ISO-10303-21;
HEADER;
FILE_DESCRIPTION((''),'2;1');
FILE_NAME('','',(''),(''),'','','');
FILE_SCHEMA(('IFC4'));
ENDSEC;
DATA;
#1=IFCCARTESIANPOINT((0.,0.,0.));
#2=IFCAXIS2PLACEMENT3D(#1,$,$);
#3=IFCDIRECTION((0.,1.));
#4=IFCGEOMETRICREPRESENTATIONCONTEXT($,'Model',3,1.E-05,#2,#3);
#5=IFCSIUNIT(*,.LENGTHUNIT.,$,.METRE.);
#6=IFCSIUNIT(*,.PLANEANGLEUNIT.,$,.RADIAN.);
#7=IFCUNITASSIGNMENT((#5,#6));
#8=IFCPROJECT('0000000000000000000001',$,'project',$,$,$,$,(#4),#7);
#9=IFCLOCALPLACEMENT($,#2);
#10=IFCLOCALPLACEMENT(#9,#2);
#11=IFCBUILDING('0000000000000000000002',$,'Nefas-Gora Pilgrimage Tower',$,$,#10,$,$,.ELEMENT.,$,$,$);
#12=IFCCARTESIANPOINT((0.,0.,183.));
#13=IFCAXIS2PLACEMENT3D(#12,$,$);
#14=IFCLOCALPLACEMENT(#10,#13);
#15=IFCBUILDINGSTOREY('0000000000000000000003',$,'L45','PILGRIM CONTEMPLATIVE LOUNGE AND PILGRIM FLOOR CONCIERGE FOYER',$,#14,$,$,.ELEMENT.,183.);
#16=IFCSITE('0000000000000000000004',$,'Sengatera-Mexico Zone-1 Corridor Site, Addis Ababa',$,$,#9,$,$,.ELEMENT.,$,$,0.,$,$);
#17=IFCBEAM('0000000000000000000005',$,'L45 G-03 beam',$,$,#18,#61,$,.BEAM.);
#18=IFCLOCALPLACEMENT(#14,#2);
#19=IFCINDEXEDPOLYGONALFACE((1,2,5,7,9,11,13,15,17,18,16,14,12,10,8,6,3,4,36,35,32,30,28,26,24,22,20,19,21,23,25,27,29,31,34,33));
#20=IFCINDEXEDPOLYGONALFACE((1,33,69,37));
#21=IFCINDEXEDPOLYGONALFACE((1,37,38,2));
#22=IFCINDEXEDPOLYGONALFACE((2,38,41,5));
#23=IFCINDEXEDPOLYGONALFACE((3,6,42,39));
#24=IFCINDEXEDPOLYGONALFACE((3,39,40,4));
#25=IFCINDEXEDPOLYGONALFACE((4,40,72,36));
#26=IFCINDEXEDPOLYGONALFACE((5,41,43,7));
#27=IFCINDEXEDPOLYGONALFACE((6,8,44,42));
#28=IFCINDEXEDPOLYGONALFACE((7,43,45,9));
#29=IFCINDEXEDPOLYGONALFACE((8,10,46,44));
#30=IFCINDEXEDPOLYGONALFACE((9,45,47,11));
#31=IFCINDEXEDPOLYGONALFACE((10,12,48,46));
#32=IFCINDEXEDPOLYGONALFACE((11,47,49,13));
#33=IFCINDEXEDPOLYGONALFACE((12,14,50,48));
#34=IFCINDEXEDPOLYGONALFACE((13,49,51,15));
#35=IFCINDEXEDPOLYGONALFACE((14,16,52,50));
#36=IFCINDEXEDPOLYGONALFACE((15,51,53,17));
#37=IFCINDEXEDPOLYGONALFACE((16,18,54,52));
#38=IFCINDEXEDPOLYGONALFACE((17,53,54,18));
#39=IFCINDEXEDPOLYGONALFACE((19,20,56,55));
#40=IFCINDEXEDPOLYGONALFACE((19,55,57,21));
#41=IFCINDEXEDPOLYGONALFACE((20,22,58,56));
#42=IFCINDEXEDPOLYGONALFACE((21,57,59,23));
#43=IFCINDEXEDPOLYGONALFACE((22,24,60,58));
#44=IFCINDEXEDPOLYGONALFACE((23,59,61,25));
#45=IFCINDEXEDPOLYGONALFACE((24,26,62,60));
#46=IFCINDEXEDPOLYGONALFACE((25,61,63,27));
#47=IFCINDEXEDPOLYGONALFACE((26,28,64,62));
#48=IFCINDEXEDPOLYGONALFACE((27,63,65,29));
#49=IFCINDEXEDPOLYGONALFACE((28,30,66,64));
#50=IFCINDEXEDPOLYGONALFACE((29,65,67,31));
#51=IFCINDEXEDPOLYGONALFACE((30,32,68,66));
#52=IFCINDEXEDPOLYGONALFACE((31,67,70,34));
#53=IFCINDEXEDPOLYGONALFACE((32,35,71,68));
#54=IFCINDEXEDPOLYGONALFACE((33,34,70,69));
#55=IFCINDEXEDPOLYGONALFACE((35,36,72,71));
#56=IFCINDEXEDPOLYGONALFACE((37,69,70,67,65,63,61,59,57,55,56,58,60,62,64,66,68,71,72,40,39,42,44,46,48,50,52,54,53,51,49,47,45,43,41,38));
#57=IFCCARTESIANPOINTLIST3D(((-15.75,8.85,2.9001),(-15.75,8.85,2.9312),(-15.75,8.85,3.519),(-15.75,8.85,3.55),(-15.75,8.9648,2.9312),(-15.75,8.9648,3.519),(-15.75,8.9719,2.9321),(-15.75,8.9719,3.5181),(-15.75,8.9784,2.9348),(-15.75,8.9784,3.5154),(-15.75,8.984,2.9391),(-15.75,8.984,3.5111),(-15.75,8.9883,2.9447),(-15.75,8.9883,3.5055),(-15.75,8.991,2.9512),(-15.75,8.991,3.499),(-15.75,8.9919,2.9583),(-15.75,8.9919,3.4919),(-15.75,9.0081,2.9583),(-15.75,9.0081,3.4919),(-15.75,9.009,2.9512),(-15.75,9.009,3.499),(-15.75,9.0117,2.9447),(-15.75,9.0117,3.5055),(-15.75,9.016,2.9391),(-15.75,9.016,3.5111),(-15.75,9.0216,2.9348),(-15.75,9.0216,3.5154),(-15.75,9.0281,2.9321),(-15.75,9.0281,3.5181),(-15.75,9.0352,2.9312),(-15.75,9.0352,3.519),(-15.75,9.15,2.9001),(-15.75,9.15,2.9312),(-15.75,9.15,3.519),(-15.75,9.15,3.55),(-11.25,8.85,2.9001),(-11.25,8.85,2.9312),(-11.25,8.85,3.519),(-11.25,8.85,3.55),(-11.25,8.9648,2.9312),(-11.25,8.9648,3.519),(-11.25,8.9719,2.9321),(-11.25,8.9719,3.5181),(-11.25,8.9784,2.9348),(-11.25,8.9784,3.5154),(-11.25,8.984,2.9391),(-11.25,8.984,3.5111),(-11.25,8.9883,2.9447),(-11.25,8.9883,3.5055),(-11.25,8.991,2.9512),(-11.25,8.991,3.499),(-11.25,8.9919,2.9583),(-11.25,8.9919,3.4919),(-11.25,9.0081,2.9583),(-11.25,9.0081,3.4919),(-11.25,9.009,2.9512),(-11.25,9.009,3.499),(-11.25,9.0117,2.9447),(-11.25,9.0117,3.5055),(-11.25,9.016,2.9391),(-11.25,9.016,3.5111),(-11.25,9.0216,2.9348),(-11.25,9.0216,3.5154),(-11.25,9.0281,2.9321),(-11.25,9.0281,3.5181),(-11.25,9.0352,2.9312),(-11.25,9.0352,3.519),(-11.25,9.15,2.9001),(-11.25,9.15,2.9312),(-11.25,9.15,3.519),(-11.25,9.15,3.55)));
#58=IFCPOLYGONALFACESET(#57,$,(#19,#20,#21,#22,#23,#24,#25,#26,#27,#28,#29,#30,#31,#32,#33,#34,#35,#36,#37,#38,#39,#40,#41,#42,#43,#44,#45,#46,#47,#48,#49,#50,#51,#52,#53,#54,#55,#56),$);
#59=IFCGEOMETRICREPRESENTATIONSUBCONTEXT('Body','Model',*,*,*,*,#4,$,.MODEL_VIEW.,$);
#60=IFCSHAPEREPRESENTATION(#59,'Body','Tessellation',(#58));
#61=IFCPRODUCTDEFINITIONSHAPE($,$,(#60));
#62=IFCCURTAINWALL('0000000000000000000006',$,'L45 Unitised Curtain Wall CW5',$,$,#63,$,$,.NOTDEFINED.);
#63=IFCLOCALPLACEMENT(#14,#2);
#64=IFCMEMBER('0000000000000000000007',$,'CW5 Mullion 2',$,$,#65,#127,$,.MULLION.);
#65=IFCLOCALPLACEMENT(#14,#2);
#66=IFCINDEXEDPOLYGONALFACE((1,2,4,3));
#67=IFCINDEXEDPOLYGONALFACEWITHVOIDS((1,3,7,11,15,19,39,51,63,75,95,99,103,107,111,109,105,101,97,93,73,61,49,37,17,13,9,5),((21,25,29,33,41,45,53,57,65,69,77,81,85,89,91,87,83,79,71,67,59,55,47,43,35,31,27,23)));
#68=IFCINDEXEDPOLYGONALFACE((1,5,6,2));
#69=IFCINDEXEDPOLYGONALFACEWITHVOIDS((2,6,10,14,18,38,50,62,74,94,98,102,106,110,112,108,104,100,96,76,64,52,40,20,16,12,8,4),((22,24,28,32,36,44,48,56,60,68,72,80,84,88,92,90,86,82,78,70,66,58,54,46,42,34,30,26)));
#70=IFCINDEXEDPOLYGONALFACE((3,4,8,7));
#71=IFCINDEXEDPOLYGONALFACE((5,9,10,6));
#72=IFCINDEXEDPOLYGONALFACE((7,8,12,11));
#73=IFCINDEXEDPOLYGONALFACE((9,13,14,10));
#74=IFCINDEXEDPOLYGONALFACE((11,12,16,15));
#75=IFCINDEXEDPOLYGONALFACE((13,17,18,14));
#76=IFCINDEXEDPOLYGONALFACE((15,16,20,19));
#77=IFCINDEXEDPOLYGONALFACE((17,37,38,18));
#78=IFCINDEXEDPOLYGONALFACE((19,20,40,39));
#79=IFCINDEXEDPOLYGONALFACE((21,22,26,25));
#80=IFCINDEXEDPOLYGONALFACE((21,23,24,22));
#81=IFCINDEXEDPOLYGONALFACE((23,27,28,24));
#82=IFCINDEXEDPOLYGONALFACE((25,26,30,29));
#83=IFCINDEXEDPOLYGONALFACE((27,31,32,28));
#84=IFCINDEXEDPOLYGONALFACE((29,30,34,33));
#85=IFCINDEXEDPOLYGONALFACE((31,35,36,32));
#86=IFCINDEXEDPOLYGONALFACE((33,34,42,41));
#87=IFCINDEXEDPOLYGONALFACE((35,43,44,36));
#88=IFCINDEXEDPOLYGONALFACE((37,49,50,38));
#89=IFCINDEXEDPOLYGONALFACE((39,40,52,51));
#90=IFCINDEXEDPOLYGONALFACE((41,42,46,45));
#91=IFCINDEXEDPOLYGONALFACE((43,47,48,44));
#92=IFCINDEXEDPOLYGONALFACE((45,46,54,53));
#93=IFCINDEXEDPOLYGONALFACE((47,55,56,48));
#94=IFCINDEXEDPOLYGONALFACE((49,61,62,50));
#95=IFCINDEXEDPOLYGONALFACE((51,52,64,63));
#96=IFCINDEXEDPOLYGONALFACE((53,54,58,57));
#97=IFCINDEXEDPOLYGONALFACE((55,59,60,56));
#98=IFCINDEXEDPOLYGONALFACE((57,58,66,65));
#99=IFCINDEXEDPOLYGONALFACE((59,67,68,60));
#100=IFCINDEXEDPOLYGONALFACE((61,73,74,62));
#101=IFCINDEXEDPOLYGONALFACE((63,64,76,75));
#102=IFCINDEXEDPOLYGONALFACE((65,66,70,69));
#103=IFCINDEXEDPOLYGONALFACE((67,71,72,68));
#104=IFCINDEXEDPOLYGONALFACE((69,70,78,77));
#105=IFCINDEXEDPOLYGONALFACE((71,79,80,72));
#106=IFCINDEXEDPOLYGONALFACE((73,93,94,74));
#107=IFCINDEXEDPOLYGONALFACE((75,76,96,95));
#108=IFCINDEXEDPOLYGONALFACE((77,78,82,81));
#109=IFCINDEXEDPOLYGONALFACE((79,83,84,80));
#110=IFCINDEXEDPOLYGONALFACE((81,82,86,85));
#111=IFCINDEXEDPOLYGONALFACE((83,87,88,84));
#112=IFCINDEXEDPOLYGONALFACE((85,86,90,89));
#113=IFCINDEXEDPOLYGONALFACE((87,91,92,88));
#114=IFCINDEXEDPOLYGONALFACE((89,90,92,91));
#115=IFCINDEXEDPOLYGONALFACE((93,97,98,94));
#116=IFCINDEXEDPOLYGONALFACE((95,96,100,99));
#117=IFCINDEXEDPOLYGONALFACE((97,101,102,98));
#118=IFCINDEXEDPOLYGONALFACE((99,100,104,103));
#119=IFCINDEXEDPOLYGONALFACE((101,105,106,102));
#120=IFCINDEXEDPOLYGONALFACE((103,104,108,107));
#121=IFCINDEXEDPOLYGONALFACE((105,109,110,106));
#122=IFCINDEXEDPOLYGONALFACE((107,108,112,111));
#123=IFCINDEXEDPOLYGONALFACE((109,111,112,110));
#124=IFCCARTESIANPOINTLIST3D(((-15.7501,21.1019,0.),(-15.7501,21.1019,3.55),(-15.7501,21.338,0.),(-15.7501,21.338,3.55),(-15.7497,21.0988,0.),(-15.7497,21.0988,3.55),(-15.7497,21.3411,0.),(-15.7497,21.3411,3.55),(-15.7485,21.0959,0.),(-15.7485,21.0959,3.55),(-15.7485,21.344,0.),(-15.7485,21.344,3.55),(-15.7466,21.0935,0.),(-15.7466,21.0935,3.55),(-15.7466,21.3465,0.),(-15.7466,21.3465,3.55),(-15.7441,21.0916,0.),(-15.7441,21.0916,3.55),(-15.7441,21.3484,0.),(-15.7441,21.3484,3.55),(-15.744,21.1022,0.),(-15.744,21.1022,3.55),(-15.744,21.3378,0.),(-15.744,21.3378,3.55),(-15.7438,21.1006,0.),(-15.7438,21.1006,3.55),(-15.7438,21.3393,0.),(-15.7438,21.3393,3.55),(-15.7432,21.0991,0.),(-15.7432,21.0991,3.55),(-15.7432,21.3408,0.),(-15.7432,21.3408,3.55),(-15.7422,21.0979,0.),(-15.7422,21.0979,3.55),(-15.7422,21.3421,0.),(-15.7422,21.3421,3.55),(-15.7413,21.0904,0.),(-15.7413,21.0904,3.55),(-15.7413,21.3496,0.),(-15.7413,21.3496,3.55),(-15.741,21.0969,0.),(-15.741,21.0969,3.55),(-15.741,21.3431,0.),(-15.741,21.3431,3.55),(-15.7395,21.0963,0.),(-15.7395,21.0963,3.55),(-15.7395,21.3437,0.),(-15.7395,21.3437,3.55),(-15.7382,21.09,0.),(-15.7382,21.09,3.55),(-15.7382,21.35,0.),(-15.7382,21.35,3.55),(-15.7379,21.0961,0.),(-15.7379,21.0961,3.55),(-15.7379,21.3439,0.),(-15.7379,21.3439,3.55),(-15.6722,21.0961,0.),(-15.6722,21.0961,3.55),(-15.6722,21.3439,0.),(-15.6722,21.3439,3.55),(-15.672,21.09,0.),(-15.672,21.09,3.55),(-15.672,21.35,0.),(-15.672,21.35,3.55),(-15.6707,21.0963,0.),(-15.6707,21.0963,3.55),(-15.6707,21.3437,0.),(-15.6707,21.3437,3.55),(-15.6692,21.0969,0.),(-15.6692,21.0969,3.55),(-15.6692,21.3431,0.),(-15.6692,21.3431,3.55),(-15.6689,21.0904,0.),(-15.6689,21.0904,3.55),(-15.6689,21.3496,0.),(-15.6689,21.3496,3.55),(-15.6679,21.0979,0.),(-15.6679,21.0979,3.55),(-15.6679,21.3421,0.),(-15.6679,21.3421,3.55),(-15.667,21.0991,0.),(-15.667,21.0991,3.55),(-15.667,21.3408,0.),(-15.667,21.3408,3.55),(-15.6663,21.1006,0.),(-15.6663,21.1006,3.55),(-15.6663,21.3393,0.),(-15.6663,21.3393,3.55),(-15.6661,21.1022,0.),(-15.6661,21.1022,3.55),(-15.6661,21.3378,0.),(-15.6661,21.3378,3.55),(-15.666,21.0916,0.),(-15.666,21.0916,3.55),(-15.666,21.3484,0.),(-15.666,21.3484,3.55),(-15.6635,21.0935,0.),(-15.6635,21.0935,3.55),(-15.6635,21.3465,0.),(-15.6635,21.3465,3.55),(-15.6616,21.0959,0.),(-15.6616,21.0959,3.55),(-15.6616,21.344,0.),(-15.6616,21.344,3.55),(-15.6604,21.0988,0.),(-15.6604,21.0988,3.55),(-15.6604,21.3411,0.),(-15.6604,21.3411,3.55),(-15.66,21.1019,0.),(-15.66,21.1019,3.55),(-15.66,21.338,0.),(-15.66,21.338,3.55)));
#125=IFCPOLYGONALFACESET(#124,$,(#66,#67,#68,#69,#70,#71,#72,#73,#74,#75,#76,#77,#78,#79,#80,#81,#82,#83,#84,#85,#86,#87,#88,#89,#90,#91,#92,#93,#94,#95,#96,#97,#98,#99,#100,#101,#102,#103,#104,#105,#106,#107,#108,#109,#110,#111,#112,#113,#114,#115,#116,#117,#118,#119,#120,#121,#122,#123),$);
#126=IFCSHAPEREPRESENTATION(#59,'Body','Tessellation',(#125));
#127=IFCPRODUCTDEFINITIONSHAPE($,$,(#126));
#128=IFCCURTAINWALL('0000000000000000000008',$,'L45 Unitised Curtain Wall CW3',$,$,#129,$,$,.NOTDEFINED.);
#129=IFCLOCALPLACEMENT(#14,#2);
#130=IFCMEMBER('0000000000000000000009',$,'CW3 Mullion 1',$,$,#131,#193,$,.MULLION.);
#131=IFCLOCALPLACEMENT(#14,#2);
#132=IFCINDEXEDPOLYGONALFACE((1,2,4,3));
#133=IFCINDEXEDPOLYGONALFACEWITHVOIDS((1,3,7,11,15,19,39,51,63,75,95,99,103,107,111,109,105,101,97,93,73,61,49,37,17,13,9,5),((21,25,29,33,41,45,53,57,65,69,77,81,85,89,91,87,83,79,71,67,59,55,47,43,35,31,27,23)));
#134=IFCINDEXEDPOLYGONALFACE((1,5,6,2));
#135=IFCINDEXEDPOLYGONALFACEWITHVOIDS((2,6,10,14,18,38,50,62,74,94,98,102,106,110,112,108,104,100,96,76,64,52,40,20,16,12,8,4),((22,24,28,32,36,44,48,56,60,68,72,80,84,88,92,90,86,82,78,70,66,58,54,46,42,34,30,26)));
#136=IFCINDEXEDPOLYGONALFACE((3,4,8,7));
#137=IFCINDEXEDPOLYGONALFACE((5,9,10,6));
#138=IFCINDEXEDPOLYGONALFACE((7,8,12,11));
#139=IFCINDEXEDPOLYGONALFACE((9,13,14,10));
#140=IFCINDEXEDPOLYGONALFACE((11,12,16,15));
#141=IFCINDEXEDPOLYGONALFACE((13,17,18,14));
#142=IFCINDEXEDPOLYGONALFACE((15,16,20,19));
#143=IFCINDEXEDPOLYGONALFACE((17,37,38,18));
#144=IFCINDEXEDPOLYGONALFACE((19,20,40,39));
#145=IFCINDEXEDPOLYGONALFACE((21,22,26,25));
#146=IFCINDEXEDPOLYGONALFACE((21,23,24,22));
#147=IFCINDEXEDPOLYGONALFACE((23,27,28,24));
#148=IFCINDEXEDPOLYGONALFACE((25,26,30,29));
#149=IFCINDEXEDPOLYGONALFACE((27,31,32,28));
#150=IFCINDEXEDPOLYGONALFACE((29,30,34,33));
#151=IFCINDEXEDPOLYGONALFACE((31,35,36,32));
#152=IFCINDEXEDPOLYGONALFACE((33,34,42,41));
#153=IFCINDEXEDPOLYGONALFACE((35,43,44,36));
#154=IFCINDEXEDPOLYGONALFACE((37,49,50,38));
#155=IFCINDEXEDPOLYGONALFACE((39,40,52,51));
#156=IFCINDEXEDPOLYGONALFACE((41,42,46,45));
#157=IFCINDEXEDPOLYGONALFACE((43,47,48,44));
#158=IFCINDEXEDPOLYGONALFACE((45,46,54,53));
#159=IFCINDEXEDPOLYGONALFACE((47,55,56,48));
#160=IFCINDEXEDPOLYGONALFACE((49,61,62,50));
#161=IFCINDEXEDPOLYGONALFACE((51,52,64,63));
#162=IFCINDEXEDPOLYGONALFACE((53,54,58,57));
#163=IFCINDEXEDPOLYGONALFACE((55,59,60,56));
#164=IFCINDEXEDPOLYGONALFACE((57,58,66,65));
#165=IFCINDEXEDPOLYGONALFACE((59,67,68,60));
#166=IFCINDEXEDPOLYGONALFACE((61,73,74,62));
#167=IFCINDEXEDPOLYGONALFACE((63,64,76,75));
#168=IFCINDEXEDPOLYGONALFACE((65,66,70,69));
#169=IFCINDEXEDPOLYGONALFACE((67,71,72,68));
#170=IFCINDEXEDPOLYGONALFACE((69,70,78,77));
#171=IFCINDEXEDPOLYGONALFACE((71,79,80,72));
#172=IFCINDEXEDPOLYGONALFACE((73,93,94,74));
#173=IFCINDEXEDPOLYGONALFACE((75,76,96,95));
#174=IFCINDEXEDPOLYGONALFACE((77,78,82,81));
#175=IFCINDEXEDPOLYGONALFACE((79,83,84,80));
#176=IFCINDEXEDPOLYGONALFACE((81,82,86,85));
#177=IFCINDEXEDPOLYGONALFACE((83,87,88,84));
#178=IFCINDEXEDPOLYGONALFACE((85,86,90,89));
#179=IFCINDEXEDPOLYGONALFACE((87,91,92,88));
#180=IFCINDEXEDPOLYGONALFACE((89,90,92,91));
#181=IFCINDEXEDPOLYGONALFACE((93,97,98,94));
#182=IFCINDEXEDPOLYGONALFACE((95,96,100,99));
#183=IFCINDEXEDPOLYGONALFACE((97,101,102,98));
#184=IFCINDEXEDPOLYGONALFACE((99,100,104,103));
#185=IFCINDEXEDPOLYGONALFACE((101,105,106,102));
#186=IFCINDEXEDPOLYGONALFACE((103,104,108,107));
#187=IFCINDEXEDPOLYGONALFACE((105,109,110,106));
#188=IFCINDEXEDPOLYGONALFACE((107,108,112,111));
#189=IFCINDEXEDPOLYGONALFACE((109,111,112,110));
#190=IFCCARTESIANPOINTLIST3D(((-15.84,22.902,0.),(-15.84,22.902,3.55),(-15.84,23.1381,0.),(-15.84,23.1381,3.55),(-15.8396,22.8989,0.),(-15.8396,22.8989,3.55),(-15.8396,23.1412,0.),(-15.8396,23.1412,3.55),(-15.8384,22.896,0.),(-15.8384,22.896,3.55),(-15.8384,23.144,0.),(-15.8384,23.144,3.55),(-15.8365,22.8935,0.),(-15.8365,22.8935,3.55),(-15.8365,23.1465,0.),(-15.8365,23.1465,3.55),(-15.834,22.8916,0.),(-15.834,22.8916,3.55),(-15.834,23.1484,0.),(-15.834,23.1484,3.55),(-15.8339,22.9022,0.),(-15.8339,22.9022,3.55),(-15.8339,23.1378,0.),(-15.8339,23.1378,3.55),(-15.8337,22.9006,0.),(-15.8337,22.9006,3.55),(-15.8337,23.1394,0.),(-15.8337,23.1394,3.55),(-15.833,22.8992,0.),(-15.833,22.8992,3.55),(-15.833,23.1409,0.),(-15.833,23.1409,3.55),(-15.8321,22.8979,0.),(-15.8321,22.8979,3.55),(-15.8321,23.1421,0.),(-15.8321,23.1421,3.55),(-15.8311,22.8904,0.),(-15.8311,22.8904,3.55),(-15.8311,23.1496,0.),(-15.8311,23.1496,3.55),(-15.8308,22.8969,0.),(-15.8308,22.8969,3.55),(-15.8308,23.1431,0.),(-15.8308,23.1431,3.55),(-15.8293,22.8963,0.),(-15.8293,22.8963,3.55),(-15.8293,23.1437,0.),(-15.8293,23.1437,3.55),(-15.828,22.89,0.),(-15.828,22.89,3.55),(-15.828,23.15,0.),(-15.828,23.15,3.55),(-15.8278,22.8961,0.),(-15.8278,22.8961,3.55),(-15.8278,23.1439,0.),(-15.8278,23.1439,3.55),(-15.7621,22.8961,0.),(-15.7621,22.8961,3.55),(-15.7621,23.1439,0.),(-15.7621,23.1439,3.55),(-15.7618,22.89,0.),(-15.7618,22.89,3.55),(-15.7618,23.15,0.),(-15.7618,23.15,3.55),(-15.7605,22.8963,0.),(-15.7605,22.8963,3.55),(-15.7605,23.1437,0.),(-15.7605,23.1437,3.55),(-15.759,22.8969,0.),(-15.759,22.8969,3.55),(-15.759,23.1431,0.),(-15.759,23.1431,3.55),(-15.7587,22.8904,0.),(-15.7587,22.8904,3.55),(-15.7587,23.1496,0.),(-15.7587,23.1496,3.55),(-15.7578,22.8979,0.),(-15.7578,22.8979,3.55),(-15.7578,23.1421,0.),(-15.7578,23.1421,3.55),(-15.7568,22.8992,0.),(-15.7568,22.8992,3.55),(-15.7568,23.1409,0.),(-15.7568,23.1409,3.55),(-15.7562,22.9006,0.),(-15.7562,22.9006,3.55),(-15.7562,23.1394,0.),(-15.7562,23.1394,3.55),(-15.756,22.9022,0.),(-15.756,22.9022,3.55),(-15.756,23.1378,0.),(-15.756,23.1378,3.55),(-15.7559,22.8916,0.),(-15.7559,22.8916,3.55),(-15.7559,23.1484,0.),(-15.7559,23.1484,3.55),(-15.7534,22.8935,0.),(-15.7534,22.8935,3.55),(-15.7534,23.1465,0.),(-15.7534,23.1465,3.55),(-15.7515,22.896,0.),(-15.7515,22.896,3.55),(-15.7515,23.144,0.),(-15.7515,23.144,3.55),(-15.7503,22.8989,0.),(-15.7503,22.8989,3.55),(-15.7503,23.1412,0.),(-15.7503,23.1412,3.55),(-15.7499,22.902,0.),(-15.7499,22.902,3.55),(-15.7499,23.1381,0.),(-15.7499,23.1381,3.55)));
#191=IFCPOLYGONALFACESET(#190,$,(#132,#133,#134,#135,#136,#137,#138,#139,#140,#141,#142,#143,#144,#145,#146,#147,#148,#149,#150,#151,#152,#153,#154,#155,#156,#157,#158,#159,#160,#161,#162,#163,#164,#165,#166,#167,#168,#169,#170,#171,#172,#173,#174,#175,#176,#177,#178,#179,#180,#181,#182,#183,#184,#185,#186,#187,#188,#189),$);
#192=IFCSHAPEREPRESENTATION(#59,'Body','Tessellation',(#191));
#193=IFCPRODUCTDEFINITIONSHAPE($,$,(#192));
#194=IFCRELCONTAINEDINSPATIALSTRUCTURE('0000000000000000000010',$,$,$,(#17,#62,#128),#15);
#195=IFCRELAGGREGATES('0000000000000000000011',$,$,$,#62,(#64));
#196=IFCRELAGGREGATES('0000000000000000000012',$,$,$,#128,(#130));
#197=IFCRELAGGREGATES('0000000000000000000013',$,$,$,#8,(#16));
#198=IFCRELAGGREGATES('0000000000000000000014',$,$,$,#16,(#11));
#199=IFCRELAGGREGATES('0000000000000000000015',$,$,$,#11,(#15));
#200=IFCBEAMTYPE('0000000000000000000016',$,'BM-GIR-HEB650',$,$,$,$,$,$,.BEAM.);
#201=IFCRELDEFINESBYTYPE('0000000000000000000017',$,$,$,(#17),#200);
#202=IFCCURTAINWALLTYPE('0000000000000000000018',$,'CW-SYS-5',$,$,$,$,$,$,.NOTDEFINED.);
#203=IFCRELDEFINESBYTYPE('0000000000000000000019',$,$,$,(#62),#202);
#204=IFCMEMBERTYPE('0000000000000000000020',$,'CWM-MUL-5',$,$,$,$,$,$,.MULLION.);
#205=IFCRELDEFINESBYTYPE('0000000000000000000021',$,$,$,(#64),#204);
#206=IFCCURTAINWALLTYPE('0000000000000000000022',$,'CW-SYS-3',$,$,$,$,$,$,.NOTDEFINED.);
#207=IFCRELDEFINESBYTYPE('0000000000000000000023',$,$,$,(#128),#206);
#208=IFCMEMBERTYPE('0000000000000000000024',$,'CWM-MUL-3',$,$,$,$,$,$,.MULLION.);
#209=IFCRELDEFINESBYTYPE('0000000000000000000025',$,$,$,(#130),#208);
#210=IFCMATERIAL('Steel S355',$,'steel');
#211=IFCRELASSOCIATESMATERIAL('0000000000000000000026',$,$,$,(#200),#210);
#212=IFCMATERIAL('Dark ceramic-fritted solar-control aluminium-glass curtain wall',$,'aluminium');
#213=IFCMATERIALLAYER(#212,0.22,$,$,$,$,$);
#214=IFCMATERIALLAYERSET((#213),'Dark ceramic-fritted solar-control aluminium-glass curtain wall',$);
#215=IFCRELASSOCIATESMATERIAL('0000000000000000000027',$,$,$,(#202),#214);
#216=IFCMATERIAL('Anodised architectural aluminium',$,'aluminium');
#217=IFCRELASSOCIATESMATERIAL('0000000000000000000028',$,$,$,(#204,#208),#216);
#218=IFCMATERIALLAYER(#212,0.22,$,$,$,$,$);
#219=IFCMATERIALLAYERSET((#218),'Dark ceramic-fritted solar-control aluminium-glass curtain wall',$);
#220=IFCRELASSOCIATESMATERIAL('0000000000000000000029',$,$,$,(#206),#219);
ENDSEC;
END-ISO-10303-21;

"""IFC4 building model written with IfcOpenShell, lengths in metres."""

from ifc_helpers import new_model, si_unit, direction, frame, origin, origin_2d, place, context, subcontext, project, spatial, hollow_rectangle, i_section, extrude, source, transform, mapped, material, layer, layer_set, material_profile, profile_set, type_object, element, aggregate, save


model = new_model("IFC4")

# Units and contexts
model_context = context("Model", 3, precision=1e-05, world=origin(), true_north=direction((0.0, 1.0)))
body_context = subcontext(model_context, "Body", "Model", "MODEL_VIEW")
ifc_project = project(units=[si_unit("LENGTHUNIT", "METRE"), si_unit("PLANEANGLEUNIT", "RADIAN")], contexts=[model_context])

# Site, building, storey
site_placement = place(None, origin())
site = spatial("IfcSite", under=ifc_project, at=site_placement, Name="Sengatera-Mexico Zone-1 Corridor Site, Addis Ababa", CompositionType="ELEMENT", RefElevation=0.0)
building_placement = place(site_placement, origin())
building = spatial("IfcBuilding", under=site, at=building_placement, Name="Nefas-Gora Pilgrimage Tower", CompositionType="ELEMENT")
storey_placement = place(building_placement, frame((0.0, 0.0, 183.0)))
storey = spatial("IfcBuildingStorey", under=building, at=storey_placement, Name="L45", Description="PILGRIM CONTEMPLATIVE LOUNGE AND PILGRIM FLOOR CONCIERGE FOYER", CompositionType="ELEMENT", Elevation=183.0)

# Beam
ifc_material_1 = material(Name="Steel S355", Category="steel")
ifc_material_profile_1 = material_profile(ifc_material_1, i_section(OverallWidth=0.3, OverallDepth=0.6499, WebThickness=0.0161, FlangeThickness=0.031, FilletRadius=0.0271, at=origin_2d()), Name="HEB 650")
ifc_profile_set_1 = profile_set([ifc_material_profile_1], Name="Steel S355")
beam_type_1 = type_object("IfcBeamType", Name="BM-GIR-HEB650", PredefinedType="BEAM", material=ifc_profile_set_1)
shared_shape_1 = source(origin(), body_context, "Body", "SweptSolid", [
    extrude(i_section(OverallWidth=0.3, OverallDepth=0.6499, WebThickness=0.0161, FlangeThickness=0.031, FilletRadius=0.0271, at=origin_2d()), origin(), (0.0, 0.0, 1.0), 4.5),
])
for number, where, z_axis, x_axis, name in (
    (1, (-15.75, 9.0, 3.2251), (1.0, 0.0, 0.0), (0.0, 1.0, 0.0), "L45 G-03 beam"),
):
    element("IfcBeam", number, at=place(storey_placement, frame(where, z_axis=z_axis, x_axis=x_axis)), inside=storey, type_object=beam_type_1, Name=name, PredefinedType="BEAM", context=body_context, shape_type="MappedRepresentation", body=[
        mapped(shared_shape_1, transform((0.0, 0.0, 0.0), x_axis=(1.0, 0.0, 0.0), y_axis=(0.0, 1.0, 0.0), z_axis=(0.0, 0.0, 1.0), scale=1.0)),
    ])

# Curtain wall, member
ifc_material_2 = material(Name="Dark ceramic-fritted solar-control aluminium-glass curtain wall", Category="aluminium")
ifc_layer_1 = layer(ifc_material_2, 0.22)
ifc_layer_set_1 = layer_set([ifc_layer_1], Name="Dark ceramic-fritted solar-control aluminium-glass curtain wall")
curtain_wall_type_1 = type_object("IfcCurtainWallType", Name="CW-SYS-5", PredefinedType="NOTDEFINED", material=ifc_layer_set_1)
curtain_wall_1_placement = place(storey_placement, origin())
curtain_wall_1 = element("IfcCurtainWall", 2, at=curtain_wall_1_placement, inside=storey, type_object=curtain_wall_type_1, Name="L45 Unitised Curtain Wall CW5", PredefinedType="NOTDEFINED")
ifc_material_3 = material(Name="Anodised architectural aluminium", Category="aluminium")
ifc_material_profile_2 = material_profile(ifc_material_3, hollow_rectangle(XDim=0.0901, YDim=0.26, WallThickness=0.0061, InnerFilletRadius=0.0061, OuterFilletRadius=0.012, at=origin_2d()), Name="ALU MULLION 90x260")
ifc_profile_set_2 = profile_set([ifc_material_profile_2], Name="Anodised architectural aluminium")
member_type_1 = type_object("IfcMemberType", Name="CWM-MUL-5", PredefinedType="MULLION", material=ifc_profile_set_2)
shared_shape_2 = source(origin(), body_context, "Body", "SweptSolid", [
    extrude(hollow_rectangle(XDim=0.0901, YDim=0.26, WallThickness=0.0061, InnerFilletRadius=0.0061, OuterFilletRadius=0.012, at=origin_2d()), origin(), (0.0, 0.0, 1.0), 3.55),
])
member_1_placement = place(storey_placement, frame((-15.7051, 21.22, 0.0), z_axis=(0.0, 0.0, 1.0), x_axis=(-1.0, 0.0, 0.0)))
member_1 = element("IfcMember", 3, at=member_1_placement, type_object=member_type_1, Name="CW5 Mullion 2", PredefinedType="MULLION", context=body_context, shape_type="MappedRepresentation", body=[
    mapped(shared_shape_2, transform((0.0, 0.0, 0.0), x_axis=(1.0, 0.0, 0.0), y_axis=(0.0, 1.0, 0.0), z_axis=(0.0, 0.0, 1.0), scale=1.0)),
])
aggregate(curtain_wall_1, [member_1])

# Curtain wall, member
ifc_layer_2 = layer(ifc_material_2, 0.22)
ifc_layer_set_2 = layer_set([ifc_layer_2], Name="Dark ceramic-fritted solar-control aluminium-glass curtain wall")
curtain_wall_type_2 = type_object("IfcCurtainWallType", Name="CW-SYS-3", PredefinedType="NOTDEFINED", material=ifc_layer_set_2)
curtain_wall_2_placement = place(storey_placement, origin())
curtain_wall_2 = element("IfcCurtainWall", 4, at=curtain_wall_2_placement, inside=storey, type_object=curtain_wall_type_2, Name="L45 Unitised Curtain Wall CW3", PredefinedType="NOTDEFINED")
ifc_material_profile_3 = material_profile(ifc_material_3, hollow_rectangle(XDim=0.0901, YDim=0.26, WallThickness=0.0061, InnerFilletRadius=0.0061, OuterFilletRadius=0.012, at=origin_2d()), Name="ALU MULLION 90x260")
ifc_profile_set_3 = profile_set([ifc_material_profile_3], Name="Anodised architectural aluminium")
member_type_2 = type_object("IfcMemberType", Name="CWM-MUL-3", PredefinedType="MULLION", material=ifc_profile_set_3)
shared_shape_3 = source(origin(), body_context, "Body", "SweptSolid", [
    extrude(hollow_rectangle(XDim=0.0901, YDim=0.26, WallThickness=0.0061, InnerFilletRadius=0.0061, OuterFilletRadius=0.012, at=origin_2d()), origin(), (0.0, 0.0, 1.0), 3.55),
])
member_2_placement = place(storey_placement, frame((-15.7949, 23.02, 0.0), z_axis=(0.0, 0.0, 1.0), x_axis=(-1.0, 0.0, 0.0)))
member_2 = element("IfcMember", 5, at=member_2_placement, type_object=member_type_2, Name="CW3 Mullion 1", PredefinedType="MULLION", context=body_context, shape_type="MappedRepresentation", body=[
    mapped(shared_shape_3, transform((0.0, 0.0, 0.0), x_axis=(1.0, 0.0, 0.0), y_axis=(0.0, 1.0, 0.0), z_axis=(0.0, 0.0, 1.0), scale=1.0)),
])

aggregate(curtain_wall_2, [member_2])

save(model, "model.ifc")
